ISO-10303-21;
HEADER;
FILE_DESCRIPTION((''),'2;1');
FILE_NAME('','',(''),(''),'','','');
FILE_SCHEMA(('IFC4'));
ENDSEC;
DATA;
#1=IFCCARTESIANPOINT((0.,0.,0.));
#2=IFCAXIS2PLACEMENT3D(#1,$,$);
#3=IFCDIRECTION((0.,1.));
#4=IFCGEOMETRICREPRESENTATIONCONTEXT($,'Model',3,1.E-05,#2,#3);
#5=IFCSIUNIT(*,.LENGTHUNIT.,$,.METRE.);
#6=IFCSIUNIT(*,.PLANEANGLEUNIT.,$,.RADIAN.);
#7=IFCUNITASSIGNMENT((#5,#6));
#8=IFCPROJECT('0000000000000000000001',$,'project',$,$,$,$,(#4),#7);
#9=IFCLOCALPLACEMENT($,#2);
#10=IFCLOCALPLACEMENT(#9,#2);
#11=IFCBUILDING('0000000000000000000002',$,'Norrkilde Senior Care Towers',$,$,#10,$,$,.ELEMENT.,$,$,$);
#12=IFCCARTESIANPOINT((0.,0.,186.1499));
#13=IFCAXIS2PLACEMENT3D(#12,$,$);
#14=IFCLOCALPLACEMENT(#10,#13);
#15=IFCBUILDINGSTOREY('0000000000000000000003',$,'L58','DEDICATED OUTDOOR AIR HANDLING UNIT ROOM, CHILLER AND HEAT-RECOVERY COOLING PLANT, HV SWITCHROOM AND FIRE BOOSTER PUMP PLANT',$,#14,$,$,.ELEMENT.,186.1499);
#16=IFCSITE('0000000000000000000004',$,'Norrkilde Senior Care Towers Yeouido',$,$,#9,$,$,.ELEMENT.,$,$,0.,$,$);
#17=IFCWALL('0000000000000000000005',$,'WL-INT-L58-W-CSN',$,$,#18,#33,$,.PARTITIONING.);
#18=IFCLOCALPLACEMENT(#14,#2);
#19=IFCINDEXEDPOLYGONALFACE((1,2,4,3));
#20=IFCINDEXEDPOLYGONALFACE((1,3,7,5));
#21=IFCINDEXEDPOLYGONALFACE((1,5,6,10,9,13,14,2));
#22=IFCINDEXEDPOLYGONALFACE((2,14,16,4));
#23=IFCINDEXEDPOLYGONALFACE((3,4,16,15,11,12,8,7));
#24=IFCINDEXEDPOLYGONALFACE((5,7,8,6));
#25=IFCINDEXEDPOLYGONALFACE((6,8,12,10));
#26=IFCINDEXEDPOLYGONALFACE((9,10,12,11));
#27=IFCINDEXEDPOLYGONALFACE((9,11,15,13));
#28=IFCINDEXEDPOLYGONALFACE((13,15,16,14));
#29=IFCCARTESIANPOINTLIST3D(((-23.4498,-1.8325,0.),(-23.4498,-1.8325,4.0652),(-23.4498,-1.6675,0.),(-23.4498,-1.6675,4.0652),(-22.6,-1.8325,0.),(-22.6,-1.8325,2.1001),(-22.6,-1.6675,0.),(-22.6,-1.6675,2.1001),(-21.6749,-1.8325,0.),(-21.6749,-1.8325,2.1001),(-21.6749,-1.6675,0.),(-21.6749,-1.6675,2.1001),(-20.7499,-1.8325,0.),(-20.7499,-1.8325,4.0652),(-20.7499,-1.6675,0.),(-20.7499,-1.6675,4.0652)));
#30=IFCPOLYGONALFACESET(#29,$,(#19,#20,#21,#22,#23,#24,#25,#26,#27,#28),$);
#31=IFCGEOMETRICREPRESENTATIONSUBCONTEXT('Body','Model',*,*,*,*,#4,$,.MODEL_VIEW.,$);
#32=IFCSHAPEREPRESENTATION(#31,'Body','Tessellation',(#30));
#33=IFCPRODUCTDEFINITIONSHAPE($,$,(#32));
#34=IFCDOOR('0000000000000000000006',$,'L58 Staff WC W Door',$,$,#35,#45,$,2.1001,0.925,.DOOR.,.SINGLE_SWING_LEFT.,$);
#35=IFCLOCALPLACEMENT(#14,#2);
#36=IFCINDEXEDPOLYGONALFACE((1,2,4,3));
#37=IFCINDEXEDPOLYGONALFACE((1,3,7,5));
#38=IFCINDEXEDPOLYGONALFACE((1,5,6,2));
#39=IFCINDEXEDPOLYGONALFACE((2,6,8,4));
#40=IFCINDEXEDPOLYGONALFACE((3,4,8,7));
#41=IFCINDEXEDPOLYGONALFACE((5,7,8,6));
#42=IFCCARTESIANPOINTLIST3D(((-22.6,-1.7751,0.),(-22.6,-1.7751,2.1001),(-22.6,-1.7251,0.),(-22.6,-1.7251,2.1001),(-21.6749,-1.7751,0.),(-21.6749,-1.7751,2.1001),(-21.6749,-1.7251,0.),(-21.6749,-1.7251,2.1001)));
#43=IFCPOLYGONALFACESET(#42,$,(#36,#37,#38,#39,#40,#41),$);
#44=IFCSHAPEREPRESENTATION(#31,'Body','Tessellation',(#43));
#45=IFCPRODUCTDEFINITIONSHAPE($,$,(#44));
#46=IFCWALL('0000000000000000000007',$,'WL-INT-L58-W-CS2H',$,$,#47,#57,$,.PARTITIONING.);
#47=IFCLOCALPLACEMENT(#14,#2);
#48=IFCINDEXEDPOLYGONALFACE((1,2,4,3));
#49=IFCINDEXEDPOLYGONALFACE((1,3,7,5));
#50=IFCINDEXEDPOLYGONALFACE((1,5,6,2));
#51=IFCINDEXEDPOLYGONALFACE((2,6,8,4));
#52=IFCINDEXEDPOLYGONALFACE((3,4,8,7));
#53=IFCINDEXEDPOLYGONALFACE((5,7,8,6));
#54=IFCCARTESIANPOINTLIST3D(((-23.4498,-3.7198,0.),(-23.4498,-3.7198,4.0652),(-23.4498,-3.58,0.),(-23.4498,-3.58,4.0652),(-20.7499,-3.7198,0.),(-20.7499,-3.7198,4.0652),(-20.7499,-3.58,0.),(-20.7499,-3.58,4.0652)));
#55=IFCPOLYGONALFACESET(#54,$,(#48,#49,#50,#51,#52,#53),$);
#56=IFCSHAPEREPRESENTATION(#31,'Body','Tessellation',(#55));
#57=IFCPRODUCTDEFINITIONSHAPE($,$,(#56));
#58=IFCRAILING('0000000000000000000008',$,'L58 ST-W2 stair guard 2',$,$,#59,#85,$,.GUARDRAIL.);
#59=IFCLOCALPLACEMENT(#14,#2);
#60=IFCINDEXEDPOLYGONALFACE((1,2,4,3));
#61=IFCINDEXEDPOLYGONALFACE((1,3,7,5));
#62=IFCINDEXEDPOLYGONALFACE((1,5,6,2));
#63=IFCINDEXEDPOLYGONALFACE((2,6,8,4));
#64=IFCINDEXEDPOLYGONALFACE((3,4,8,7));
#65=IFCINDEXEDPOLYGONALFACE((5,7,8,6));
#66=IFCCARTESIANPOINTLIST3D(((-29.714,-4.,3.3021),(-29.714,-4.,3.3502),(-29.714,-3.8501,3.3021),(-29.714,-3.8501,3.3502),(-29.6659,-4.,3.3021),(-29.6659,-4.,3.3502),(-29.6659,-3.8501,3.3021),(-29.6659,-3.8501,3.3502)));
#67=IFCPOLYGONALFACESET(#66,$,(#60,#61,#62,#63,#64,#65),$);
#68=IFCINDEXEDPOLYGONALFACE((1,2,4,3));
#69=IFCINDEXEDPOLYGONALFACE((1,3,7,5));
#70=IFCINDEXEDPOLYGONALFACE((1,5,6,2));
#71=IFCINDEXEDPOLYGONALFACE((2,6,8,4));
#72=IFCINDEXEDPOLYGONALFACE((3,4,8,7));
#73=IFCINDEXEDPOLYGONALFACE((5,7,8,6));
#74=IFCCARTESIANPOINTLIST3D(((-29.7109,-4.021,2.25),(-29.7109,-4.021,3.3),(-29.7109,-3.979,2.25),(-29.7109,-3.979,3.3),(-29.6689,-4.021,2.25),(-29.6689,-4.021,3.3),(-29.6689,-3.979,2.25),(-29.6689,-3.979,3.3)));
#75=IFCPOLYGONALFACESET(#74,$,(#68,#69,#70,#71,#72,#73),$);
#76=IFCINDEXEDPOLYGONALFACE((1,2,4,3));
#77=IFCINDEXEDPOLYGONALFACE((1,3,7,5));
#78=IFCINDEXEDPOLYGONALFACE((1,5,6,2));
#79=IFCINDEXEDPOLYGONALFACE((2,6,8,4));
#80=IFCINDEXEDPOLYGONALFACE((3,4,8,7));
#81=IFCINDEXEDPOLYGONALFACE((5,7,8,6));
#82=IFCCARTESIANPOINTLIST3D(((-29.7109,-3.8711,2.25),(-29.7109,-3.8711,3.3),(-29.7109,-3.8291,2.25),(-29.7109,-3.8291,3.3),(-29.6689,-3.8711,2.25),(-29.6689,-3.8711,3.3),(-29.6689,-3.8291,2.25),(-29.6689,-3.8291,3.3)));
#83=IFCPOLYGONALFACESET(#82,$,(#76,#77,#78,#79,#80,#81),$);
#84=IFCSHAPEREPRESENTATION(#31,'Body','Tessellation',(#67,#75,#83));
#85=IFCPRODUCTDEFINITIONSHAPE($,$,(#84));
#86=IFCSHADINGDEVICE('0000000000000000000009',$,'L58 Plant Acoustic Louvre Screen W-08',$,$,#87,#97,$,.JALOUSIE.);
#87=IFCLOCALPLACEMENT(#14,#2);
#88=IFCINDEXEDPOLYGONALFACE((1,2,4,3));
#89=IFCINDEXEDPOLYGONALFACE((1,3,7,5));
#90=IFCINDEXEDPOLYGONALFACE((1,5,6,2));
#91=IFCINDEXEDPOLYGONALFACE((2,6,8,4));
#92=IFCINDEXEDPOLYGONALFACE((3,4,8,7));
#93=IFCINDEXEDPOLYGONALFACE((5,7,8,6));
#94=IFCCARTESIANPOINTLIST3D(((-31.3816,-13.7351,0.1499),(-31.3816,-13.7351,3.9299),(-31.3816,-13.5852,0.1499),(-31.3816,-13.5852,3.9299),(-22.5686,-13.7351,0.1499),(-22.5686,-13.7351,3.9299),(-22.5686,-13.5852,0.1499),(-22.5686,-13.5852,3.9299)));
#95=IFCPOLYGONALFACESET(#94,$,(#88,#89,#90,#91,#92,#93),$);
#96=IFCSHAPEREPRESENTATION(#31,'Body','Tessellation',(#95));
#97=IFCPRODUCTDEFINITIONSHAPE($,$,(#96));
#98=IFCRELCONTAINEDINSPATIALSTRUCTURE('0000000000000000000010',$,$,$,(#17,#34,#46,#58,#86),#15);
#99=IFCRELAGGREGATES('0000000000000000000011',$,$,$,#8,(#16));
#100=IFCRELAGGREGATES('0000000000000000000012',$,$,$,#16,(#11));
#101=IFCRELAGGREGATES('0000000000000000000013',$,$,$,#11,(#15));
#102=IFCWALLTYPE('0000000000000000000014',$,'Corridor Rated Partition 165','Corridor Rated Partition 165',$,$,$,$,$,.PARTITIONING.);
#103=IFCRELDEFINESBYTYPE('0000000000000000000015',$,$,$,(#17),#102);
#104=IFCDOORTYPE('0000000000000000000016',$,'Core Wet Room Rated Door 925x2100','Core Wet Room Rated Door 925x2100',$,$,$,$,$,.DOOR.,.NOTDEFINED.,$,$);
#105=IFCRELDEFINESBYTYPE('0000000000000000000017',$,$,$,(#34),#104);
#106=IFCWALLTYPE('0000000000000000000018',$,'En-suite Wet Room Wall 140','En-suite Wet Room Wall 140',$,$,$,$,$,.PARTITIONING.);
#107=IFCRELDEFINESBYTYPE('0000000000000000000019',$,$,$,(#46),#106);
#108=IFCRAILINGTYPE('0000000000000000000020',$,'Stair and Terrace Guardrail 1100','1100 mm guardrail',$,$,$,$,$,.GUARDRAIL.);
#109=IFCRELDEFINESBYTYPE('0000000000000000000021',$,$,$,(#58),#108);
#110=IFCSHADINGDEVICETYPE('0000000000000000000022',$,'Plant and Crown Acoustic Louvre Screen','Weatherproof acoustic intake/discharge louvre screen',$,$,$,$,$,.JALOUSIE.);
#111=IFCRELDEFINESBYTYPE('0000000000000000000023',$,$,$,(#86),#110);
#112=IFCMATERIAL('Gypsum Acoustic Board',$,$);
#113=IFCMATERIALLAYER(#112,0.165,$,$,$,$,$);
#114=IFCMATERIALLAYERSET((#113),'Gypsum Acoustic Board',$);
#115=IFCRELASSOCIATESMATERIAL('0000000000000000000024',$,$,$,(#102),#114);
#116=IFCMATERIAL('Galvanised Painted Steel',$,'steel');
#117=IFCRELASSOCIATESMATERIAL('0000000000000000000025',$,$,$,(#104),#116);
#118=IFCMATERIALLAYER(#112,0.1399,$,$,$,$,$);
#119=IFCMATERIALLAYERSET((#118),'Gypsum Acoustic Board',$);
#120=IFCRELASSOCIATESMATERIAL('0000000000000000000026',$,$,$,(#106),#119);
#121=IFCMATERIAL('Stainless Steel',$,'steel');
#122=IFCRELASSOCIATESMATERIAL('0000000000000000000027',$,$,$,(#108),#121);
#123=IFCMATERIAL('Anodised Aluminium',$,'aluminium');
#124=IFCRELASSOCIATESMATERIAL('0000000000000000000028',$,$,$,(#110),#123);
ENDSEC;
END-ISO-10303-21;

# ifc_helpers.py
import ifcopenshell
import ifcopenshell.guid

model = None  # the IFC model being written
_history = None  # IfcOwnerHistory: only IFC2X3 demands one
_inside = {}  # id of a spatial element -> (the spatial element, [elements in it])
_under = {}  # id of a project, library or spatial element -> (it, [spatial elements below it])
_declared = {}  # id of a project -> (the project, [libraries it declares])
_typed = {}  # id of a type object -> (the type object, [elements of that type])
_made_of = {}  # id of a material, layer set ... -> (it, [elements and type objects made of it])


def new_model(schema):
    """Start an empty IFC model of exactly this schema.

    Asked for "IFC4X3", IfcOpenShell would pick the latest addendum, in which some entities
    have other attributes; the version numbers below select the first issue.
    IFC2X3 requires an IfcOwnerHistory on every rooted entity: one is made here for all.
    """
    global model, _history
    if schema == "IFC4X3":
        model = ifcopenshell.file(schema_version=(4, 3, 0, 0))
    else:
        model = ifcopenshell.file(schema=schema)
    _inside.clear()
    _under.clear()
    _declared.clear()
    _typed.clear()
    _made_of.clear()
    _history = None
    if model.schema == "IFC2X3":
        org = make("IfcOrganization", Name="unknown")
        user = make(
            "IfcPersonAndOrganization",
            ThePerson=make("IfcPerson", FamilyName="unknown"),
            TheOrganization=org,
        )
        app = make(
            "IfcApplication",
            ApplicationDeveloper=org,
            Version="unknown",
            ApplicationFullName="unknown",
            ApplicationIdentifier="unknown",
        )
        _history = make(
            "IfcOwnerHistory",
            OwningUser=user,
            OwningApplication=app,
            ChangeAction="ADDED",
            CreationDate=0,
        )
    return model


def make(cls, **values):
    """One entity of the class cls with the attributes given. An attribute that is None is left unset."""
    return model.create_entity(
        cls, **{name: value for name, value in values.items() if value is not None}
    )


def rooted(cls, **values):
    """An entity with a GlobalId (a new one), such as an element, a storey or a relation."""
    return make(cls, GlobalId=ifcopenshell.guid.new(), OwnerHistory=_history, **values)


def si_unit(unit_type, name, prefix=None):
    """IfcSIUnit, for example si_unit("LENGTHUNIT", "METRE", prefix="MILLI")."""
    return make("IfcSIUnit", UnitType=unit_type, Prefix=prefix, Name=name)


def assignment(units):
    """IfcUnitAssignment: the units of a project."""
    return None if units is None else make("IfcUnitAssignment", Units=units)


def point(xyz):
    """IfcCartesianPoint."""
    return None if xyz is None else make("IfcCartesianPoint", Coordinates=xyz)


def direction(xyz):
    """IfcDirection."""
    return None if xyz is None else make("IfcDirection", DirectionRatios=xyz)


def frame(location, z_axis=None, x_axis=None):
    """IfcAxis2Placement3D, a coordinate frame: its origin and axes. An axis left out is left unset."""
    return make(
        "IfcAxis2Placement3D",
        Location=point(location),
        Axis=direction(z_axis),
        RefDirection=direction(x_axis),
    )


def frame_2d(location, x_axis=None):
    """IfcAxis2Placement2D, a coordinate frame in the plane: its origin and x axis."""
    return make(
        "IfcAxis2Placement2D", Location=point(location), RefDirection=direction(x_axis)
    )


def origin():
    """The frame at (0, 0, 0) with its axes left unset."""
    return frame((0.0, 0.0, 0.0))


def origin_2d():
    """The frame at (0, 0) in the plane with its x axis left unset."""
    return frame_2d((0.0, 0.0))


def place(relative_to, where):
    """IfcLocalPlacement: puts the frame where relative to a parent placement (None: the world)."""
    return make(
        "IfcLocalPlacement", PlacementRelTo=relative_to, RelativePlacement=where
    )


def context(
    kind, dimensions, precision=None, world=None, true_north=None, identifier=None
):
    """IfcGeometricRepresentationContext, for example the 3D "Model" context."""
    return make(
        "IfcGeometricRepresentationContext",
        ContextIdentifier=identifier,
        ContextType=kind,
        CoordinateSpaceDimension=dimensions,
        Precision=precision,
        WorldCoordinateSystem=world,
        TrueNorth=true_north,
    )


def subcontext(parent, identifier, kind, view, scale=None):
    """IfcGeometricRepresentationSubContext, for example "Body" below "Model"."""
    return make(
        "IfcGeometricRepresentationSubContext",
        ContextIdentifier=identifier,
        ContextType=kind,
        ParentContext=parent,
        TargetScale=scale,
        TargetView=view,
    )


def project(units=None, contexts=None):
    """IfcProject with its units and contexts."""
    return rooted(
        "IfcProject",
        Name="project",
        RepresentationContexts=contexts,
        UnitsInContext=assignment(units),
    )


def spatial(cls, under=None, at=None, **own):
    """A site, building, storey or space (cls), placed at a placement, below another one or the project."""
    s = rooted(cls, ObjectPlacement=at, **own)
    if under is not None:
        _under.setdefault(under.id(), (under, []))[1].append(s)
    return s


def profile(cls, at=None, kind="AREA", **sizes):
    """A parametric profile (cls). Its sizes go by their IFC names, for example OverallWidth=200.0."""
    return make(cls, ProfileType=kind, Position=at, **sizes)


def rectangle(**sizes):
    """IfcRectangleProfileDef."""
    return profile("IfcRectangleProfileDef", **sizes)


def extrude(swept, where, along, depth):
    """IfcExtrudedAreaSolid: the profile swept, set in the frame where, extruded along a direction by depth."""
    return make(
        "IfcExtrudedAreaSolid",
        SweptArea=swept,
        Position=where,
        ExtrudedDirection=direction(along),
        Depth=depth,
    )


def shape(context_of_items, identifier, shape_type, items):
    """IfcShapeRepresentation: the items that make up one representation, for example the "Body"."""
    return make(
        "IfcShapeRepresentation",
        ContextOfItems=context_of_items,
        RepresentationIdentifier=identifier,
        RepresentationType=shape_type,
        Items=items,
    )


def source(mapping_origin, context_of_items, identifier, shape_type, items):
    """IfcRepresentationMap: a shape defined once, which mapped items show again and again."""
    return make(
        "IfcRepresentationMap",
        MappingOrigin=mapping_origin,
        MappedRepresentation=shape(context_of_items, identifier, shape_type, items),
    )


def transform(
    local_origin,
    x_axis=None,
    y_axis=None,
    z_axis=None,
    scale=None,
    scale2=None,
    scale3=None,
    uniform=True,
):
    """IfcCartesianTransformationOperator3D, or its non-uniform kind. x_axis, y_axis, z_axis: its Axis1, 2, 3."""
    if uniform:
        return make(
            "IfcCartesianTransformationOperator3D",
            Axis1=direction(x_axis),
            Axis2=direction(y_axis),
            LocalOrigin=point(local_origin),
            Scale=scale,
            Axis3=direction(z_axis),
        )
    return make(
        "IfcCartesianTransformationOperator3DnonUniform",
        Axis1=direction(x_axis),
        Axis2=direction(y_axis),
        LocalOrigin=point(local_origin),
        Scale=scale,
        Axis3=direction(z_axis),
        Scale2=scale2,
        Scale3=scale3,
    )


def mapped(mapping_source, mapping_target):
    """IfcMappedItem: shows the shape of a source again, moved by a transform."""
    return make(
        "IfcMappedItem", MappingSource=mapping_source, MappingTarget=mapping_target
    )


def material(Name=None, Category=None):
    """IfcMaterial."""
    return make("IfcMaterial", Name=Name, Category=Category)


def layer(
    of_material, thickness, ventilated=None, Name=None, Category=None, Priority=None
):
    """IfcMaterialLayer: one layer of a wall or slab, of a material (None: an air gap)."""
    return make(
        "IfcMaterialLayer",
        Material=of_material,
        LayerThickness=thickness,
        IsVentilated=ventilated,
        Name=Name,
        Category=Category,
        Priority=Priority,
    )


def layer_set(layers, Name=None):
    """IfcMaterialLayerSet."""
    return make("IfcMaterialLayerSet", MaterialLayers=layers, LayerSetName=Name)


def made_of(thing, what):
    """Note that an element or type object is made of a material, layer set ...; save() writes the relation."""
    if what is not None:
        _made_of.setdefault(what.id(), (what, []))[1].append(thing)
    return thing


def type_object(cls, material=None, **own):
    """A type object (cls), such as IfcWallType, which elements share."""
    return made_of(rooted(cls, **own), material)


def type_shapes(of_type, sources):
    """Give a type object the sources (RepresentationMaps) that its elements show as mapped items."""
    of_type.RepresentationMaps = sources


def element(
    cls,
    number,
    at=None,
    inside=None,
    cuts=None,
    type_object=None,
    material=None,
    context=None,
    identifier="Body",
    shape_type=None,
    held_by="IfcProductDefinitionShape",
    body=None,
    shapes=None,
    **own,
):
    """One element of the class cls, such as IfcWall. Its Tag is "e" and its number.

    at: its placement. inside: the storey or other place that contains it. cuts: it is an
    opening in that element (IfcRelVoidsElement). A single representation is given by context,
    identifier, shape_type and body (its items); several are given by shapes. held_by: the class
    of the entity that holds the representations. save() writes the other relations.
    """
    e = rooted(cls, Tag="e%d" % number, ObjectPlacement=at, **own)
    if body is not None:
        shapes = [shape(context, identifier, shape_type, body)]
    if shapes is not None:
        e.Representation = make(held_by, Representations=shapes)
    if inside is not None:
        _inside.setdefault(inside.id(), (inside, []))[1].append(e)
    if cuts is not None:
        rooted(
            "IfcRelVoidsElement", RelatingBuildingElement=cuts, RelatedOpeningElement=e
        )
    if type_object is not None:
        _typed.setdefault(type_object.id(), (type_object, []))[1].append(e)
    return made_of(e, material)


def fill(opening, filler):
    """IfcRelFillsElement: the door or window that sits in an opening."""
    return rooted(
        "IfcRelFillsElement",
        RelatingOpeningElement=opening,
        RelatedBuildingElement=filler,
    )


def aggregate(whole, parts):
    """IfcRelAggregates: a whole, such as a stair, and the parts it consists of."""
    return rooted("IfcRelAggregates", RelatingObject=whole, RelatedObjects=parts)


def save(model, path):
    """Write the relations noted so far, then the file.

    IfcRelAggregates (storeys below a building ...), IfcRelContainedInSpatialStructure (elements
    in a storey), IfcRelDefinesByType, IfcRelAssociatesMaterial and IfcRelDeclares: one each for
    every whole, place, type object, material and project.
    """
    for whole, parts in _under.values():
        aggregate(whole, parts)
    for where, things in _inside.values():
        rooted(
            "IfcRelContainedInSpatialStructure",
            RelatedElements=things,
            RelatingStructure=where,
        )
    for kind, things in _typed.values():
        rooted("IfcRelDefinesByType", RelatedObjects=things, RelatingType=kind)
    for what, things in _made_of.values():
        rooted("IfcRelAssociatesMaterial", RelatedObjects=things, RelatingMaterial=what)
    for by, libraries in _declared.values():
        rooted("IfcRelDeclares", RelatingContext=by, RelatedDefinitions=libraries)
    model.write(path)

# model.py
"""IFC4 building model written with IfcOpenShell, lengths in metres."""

from ifc_helpers import new_model, si_unit, direction, frame, frame_2d, origin, origin_2d, place, context, subcontext, project, spatial, rectangle, extrude, source, transform, mapped, material, layer, layer_set, type_object, type_shapes, element, fill, save


model = new_model("IFC4")

# Units and contexts
model_context = context("Model", 3, precision=1e-05, world=origin(), true_north=direction((0.0, 1.0)))
body_context = subcontext(model_context, "Body", "Model", "MODEL_VIEW")
ifc_project = project(units=[si_unit("LENGTHUNIT", "METRE"), si_unit("PLANEANGLEUNIT", "RADIAN")], contexts=[model_context])

# Site, building, storey
site_placement = place(None, origin())
site = spatial("IfcSite", under=ifc_project, at=site_placement, Name="Norrkilde Senior Care Towers Yeouido", CompositionType="ELEMENT", RefElevation=0.0)
building_placement = place(site_placement, origin())
building = spatial("IfcBuilding", under=site, at=building_placement, Name="Norrkilde Senior Care Towers", CompositionType="ELEMENT")
storey_placement = place(building_placement, frame((0.0, 0.0, 186.1499)))
storey = spatial("IfcBuildingStorey", under=building, at=storey_placement, Name="L58", Description="DEDICATED OUTDOOR AIR HANDLING UNIT ROOM, CHILLER AND HEAT-RECOVERY COOLING PLANT, HV SWITCHROOM AND FIRE BOOSTER PUMP PLANT", CompositionType="ELEMENT", Elevation=186.1499)

# Shared definitions
ifc_material_1 = material(Name="Anodised Aluminium", Category="aluminium")

# Shared definitions
ifc_material_2 = material(Name="Stainless Steel", Category="steel")

# Wall, opening, door
ifc_material_3 = material(Name="Gypsum Acoustic Board")
ifc_layer_1 = layer(ifc_material_3, 0.165)
ifc_layer_set_1 = layer_set([ifc_layer_1], Name="Gypsum Acoustic Board")
wall_type_1 = type_object("IfcWallType", Name="Corridor Rated Partition 165", Description="Corridor Rated Partition 165", PredefinedType="PARTITIONING", material=ifc_layer_set_1)
shared_shape_1 = source(origin(), body_context, "Body", "SweptSolid", [
    extrude(rectangle(XDim=2.7, YDim=0.165, at=frame_2d((1.3501, 0.0))), origin(), (0.0, 0.0, 1.0), 4.0652),
])
type_shapes(wall_type_1, [shared_shape_1])
wall_1_placement = place(storey_placement, frame((-23.45, -1.75, 0.0), z_axis=(0.0, 0.0, 1.0), x_axis=(1.0, 0.0, 0.0)))
wall_1 = element("IfcWall", 1, at=wall_1_placement, inside=storey, type_object=wall_type_1, Name="WL-INT-L58-W-CSN", PredefinedType="PARTITIONING", context=body_context, shape_type="MappedRepresentation", body=[
    mapped(shared_shape_1, transform((0.0, 0.0, 0.0), x_axis=(1.0, 0.0, 0.0), y_axis=(0.0, 1.0, 0.0), z_axis=(0.0, 0.0, 1.0), scale=1.0)),
])
opening_1_placement = place(wall_1_placement, frame((0.8501, 0.0, 0.0)))
opening_1 = element("IfcOpeningElement", 2, at=opening_1_placement, cuts=wall_1, PredefinedType="OPENING", context=body_context, shape_type="SweptSolid", body=[
    extrude(rectangle(XDim=0.925, YDim=2.1001, at=frame_2d((0.4624, 1.05))), frame((0.0, 0.0925, 0.0), z_axis=(0.0, -1.0, 0.0), x_axis=(1.0, 0.0, 0.0)), (0.0, 0.0, 1.0), 0.1851),
])
ifc_material_4 = material(Name="Galvanised Painted Steel", Category="steel")
door_type_1 = type_object("IfcDoorType", Name="Core Wet Room Rated Door 925x2100", Description="Core Wet Room Rated Door 925x2100", OperationType="NOTDEFINED", PredefinedType="DOOR", material=ifc_material_4)
shared_shape_2 = source(origin(), body_context, "Body", "SweptSolid", [
    extrude(rectangle(XDim=0.925, YDim=2.1001, at=frame_2d((0.4624, 1.05))), frame((0.0, 0.0249, 0.0), z_axis=(0.0, -1.0, 0.0), x_axis=(1.0, 0.0, 0.0)), (0.0, 0.0, 1.0), 0.05),
])
type_shapes(door_type_1, [shared_shape_2])
door_1_placement = place(opening_1_placement, origin())
door_1 = element("IfcDoor", 3, at=door_1_placement, inside=storey, type_object=door_type_1, Name="L58 Staff WC W Door", OperationType="SINGLE_SWING_LEFT", OverallHeight=2.1001, OverallWidth=0.925, PredefinedType="DOOR", context=body_context, shape_type="MappedRepresentation", body=[
    mapped(shared_shape_2, transform((0.0, 0.0, 0.0), x_axis=(1.0, 0.0, 0.0), y_axis=(0.0, 1.0, 0.0), z_axis=(0.0, 0.0, 1.0), scale=1.0)),
])
fill(opening_1, door_1)

# Wall
ifc_layer_2 = layer(ifc_material_3, 0.1399)
ifc_layer_set_2 = layer_set([ifc_layer_2], Name="Gypsum Acoustic Board")
wall_type_2 = type_object("IfcWallType", Name="En-suite Wet Room Wall 140", Description="En-suite Wet Room Wall 140", PredefinedType="PARTITIONING", material=ifc_layer_set_2)
shared_shape_3 = source(origin(), body_context, "Body", "SweptSolid", [
    extrude(rectangle(XDim=2.7, YDim=0.1399, at=frame_2d((1.3501, 0.0))), origin(), (0.0, 0.0, 1.0), 4.0652),
])
type_shapes(wall_type_2, [shared_shape_3])
wall_2_placement = place(storey_placement, frame((-23.45, -3.6499, 0.0), z_axis=(0.0, 0.0, 1.0), x_axis=(1.0, 0.0, 0.0)))
element("IfcWall", 4, at=wall_2_placement, inside=storey, type_object=wall_type_2, Name="WL-INT-L58-W-CS2H", PredefinedType="PARTITIONING", context=body_context, shape_type="MappedRepresentation", body=[
    mapped(shared_shape_3, transform((0.0, 0.0, 0.0), x_axis=(1.0, 0.0, 0.0), y_axis=(0.0, 1.0, 0.0), z_axis=(0.0, 0.0, 1.0), scale=1.0)),
])

# Railing
railing_type = type_object("IfcRailingType", Name="Stair and Terrace Guardrail 1100", Description="1100 mm guardrail", PredefinedType="GUARDRAIL", material=ifc_material_2)
railing_placement = place(storey_placement, frame((-29.6899, -4.0, 2.25)))
element("IfcRailing", 5, at=railing_placement, inside=storey, type_object=railing_type, Name="L58 ST-W2 stair guard 2", PredefinedType="GUARDRAIL", context=body_context, shape_type="SweptSolid", body=[
    extrude(rectangle(XDim=0.0481, YDim=0.0481, at=origin_2d()), frame((0.0, 0.0, 1.0762), z_axis=(0.0, 1.0, 0.0), x_axis=(-1.0, 0.0, 0.0)), (0.0, 0.0, 1.0), 0.1499),
    extrude(rectangle(XDim=0.042, YDim=0.042, at=origin_2d()), origin(), (0.0, 0.0, 1.0), 1.05),
    extrude(rectangle(XDim=0.042, YDim=0.042, at=origin_2d()), frame((0.0, 0.1499, 0.0)), (0.0, 0.0, 1.0), 1.05),
])

# Shading device
shading_device_type = type_object("IfcShadingDeviceType", Name="Plant and Crown Acoustic Louvre Screen", Description="Weatherproof acoustic intake/discharge louvre screen", PredefinedType="JALOUSIE", material=ifc_material_1)
shared_shape_4 = source(origin(), body_context, "Body", "SweptSolid", [
    extrude(rectangle(XDim=8.813, YDim=0.1499, at=origin_2d()), origin(), (0.0, 0.0, 1.0), 3.78),
])
type_shapes(shading_device_type, [shared_shape_4])
shading_device_placement = place(storey_placement, frame((-26.9751, -13.6602, 0.1499), z_axis=(0.0, 0.0, 1.0), x_axis=(-1.0, 0.0, 0.0)))
element("IfcShadingDevice", 6, at=shading_device_placement, inside=storey, type_object=shading_device_type, Name="L58 Plant Acoustic Louvre Screen W-08", PredefinedType="JALOUSIE", context=body_context, shape_type="MappedRepresentation", body=[
    mapped(shared_shape_4, transform((0.0, 0.0, 0.0), x_axis=(1.0, 0.0, 0.0), y_axis=(0.0, 1.0, 0.0), z_axis=(0.0, 0.0, 1.0), scale=1.0)),
])

save(model, "model.ifc")
